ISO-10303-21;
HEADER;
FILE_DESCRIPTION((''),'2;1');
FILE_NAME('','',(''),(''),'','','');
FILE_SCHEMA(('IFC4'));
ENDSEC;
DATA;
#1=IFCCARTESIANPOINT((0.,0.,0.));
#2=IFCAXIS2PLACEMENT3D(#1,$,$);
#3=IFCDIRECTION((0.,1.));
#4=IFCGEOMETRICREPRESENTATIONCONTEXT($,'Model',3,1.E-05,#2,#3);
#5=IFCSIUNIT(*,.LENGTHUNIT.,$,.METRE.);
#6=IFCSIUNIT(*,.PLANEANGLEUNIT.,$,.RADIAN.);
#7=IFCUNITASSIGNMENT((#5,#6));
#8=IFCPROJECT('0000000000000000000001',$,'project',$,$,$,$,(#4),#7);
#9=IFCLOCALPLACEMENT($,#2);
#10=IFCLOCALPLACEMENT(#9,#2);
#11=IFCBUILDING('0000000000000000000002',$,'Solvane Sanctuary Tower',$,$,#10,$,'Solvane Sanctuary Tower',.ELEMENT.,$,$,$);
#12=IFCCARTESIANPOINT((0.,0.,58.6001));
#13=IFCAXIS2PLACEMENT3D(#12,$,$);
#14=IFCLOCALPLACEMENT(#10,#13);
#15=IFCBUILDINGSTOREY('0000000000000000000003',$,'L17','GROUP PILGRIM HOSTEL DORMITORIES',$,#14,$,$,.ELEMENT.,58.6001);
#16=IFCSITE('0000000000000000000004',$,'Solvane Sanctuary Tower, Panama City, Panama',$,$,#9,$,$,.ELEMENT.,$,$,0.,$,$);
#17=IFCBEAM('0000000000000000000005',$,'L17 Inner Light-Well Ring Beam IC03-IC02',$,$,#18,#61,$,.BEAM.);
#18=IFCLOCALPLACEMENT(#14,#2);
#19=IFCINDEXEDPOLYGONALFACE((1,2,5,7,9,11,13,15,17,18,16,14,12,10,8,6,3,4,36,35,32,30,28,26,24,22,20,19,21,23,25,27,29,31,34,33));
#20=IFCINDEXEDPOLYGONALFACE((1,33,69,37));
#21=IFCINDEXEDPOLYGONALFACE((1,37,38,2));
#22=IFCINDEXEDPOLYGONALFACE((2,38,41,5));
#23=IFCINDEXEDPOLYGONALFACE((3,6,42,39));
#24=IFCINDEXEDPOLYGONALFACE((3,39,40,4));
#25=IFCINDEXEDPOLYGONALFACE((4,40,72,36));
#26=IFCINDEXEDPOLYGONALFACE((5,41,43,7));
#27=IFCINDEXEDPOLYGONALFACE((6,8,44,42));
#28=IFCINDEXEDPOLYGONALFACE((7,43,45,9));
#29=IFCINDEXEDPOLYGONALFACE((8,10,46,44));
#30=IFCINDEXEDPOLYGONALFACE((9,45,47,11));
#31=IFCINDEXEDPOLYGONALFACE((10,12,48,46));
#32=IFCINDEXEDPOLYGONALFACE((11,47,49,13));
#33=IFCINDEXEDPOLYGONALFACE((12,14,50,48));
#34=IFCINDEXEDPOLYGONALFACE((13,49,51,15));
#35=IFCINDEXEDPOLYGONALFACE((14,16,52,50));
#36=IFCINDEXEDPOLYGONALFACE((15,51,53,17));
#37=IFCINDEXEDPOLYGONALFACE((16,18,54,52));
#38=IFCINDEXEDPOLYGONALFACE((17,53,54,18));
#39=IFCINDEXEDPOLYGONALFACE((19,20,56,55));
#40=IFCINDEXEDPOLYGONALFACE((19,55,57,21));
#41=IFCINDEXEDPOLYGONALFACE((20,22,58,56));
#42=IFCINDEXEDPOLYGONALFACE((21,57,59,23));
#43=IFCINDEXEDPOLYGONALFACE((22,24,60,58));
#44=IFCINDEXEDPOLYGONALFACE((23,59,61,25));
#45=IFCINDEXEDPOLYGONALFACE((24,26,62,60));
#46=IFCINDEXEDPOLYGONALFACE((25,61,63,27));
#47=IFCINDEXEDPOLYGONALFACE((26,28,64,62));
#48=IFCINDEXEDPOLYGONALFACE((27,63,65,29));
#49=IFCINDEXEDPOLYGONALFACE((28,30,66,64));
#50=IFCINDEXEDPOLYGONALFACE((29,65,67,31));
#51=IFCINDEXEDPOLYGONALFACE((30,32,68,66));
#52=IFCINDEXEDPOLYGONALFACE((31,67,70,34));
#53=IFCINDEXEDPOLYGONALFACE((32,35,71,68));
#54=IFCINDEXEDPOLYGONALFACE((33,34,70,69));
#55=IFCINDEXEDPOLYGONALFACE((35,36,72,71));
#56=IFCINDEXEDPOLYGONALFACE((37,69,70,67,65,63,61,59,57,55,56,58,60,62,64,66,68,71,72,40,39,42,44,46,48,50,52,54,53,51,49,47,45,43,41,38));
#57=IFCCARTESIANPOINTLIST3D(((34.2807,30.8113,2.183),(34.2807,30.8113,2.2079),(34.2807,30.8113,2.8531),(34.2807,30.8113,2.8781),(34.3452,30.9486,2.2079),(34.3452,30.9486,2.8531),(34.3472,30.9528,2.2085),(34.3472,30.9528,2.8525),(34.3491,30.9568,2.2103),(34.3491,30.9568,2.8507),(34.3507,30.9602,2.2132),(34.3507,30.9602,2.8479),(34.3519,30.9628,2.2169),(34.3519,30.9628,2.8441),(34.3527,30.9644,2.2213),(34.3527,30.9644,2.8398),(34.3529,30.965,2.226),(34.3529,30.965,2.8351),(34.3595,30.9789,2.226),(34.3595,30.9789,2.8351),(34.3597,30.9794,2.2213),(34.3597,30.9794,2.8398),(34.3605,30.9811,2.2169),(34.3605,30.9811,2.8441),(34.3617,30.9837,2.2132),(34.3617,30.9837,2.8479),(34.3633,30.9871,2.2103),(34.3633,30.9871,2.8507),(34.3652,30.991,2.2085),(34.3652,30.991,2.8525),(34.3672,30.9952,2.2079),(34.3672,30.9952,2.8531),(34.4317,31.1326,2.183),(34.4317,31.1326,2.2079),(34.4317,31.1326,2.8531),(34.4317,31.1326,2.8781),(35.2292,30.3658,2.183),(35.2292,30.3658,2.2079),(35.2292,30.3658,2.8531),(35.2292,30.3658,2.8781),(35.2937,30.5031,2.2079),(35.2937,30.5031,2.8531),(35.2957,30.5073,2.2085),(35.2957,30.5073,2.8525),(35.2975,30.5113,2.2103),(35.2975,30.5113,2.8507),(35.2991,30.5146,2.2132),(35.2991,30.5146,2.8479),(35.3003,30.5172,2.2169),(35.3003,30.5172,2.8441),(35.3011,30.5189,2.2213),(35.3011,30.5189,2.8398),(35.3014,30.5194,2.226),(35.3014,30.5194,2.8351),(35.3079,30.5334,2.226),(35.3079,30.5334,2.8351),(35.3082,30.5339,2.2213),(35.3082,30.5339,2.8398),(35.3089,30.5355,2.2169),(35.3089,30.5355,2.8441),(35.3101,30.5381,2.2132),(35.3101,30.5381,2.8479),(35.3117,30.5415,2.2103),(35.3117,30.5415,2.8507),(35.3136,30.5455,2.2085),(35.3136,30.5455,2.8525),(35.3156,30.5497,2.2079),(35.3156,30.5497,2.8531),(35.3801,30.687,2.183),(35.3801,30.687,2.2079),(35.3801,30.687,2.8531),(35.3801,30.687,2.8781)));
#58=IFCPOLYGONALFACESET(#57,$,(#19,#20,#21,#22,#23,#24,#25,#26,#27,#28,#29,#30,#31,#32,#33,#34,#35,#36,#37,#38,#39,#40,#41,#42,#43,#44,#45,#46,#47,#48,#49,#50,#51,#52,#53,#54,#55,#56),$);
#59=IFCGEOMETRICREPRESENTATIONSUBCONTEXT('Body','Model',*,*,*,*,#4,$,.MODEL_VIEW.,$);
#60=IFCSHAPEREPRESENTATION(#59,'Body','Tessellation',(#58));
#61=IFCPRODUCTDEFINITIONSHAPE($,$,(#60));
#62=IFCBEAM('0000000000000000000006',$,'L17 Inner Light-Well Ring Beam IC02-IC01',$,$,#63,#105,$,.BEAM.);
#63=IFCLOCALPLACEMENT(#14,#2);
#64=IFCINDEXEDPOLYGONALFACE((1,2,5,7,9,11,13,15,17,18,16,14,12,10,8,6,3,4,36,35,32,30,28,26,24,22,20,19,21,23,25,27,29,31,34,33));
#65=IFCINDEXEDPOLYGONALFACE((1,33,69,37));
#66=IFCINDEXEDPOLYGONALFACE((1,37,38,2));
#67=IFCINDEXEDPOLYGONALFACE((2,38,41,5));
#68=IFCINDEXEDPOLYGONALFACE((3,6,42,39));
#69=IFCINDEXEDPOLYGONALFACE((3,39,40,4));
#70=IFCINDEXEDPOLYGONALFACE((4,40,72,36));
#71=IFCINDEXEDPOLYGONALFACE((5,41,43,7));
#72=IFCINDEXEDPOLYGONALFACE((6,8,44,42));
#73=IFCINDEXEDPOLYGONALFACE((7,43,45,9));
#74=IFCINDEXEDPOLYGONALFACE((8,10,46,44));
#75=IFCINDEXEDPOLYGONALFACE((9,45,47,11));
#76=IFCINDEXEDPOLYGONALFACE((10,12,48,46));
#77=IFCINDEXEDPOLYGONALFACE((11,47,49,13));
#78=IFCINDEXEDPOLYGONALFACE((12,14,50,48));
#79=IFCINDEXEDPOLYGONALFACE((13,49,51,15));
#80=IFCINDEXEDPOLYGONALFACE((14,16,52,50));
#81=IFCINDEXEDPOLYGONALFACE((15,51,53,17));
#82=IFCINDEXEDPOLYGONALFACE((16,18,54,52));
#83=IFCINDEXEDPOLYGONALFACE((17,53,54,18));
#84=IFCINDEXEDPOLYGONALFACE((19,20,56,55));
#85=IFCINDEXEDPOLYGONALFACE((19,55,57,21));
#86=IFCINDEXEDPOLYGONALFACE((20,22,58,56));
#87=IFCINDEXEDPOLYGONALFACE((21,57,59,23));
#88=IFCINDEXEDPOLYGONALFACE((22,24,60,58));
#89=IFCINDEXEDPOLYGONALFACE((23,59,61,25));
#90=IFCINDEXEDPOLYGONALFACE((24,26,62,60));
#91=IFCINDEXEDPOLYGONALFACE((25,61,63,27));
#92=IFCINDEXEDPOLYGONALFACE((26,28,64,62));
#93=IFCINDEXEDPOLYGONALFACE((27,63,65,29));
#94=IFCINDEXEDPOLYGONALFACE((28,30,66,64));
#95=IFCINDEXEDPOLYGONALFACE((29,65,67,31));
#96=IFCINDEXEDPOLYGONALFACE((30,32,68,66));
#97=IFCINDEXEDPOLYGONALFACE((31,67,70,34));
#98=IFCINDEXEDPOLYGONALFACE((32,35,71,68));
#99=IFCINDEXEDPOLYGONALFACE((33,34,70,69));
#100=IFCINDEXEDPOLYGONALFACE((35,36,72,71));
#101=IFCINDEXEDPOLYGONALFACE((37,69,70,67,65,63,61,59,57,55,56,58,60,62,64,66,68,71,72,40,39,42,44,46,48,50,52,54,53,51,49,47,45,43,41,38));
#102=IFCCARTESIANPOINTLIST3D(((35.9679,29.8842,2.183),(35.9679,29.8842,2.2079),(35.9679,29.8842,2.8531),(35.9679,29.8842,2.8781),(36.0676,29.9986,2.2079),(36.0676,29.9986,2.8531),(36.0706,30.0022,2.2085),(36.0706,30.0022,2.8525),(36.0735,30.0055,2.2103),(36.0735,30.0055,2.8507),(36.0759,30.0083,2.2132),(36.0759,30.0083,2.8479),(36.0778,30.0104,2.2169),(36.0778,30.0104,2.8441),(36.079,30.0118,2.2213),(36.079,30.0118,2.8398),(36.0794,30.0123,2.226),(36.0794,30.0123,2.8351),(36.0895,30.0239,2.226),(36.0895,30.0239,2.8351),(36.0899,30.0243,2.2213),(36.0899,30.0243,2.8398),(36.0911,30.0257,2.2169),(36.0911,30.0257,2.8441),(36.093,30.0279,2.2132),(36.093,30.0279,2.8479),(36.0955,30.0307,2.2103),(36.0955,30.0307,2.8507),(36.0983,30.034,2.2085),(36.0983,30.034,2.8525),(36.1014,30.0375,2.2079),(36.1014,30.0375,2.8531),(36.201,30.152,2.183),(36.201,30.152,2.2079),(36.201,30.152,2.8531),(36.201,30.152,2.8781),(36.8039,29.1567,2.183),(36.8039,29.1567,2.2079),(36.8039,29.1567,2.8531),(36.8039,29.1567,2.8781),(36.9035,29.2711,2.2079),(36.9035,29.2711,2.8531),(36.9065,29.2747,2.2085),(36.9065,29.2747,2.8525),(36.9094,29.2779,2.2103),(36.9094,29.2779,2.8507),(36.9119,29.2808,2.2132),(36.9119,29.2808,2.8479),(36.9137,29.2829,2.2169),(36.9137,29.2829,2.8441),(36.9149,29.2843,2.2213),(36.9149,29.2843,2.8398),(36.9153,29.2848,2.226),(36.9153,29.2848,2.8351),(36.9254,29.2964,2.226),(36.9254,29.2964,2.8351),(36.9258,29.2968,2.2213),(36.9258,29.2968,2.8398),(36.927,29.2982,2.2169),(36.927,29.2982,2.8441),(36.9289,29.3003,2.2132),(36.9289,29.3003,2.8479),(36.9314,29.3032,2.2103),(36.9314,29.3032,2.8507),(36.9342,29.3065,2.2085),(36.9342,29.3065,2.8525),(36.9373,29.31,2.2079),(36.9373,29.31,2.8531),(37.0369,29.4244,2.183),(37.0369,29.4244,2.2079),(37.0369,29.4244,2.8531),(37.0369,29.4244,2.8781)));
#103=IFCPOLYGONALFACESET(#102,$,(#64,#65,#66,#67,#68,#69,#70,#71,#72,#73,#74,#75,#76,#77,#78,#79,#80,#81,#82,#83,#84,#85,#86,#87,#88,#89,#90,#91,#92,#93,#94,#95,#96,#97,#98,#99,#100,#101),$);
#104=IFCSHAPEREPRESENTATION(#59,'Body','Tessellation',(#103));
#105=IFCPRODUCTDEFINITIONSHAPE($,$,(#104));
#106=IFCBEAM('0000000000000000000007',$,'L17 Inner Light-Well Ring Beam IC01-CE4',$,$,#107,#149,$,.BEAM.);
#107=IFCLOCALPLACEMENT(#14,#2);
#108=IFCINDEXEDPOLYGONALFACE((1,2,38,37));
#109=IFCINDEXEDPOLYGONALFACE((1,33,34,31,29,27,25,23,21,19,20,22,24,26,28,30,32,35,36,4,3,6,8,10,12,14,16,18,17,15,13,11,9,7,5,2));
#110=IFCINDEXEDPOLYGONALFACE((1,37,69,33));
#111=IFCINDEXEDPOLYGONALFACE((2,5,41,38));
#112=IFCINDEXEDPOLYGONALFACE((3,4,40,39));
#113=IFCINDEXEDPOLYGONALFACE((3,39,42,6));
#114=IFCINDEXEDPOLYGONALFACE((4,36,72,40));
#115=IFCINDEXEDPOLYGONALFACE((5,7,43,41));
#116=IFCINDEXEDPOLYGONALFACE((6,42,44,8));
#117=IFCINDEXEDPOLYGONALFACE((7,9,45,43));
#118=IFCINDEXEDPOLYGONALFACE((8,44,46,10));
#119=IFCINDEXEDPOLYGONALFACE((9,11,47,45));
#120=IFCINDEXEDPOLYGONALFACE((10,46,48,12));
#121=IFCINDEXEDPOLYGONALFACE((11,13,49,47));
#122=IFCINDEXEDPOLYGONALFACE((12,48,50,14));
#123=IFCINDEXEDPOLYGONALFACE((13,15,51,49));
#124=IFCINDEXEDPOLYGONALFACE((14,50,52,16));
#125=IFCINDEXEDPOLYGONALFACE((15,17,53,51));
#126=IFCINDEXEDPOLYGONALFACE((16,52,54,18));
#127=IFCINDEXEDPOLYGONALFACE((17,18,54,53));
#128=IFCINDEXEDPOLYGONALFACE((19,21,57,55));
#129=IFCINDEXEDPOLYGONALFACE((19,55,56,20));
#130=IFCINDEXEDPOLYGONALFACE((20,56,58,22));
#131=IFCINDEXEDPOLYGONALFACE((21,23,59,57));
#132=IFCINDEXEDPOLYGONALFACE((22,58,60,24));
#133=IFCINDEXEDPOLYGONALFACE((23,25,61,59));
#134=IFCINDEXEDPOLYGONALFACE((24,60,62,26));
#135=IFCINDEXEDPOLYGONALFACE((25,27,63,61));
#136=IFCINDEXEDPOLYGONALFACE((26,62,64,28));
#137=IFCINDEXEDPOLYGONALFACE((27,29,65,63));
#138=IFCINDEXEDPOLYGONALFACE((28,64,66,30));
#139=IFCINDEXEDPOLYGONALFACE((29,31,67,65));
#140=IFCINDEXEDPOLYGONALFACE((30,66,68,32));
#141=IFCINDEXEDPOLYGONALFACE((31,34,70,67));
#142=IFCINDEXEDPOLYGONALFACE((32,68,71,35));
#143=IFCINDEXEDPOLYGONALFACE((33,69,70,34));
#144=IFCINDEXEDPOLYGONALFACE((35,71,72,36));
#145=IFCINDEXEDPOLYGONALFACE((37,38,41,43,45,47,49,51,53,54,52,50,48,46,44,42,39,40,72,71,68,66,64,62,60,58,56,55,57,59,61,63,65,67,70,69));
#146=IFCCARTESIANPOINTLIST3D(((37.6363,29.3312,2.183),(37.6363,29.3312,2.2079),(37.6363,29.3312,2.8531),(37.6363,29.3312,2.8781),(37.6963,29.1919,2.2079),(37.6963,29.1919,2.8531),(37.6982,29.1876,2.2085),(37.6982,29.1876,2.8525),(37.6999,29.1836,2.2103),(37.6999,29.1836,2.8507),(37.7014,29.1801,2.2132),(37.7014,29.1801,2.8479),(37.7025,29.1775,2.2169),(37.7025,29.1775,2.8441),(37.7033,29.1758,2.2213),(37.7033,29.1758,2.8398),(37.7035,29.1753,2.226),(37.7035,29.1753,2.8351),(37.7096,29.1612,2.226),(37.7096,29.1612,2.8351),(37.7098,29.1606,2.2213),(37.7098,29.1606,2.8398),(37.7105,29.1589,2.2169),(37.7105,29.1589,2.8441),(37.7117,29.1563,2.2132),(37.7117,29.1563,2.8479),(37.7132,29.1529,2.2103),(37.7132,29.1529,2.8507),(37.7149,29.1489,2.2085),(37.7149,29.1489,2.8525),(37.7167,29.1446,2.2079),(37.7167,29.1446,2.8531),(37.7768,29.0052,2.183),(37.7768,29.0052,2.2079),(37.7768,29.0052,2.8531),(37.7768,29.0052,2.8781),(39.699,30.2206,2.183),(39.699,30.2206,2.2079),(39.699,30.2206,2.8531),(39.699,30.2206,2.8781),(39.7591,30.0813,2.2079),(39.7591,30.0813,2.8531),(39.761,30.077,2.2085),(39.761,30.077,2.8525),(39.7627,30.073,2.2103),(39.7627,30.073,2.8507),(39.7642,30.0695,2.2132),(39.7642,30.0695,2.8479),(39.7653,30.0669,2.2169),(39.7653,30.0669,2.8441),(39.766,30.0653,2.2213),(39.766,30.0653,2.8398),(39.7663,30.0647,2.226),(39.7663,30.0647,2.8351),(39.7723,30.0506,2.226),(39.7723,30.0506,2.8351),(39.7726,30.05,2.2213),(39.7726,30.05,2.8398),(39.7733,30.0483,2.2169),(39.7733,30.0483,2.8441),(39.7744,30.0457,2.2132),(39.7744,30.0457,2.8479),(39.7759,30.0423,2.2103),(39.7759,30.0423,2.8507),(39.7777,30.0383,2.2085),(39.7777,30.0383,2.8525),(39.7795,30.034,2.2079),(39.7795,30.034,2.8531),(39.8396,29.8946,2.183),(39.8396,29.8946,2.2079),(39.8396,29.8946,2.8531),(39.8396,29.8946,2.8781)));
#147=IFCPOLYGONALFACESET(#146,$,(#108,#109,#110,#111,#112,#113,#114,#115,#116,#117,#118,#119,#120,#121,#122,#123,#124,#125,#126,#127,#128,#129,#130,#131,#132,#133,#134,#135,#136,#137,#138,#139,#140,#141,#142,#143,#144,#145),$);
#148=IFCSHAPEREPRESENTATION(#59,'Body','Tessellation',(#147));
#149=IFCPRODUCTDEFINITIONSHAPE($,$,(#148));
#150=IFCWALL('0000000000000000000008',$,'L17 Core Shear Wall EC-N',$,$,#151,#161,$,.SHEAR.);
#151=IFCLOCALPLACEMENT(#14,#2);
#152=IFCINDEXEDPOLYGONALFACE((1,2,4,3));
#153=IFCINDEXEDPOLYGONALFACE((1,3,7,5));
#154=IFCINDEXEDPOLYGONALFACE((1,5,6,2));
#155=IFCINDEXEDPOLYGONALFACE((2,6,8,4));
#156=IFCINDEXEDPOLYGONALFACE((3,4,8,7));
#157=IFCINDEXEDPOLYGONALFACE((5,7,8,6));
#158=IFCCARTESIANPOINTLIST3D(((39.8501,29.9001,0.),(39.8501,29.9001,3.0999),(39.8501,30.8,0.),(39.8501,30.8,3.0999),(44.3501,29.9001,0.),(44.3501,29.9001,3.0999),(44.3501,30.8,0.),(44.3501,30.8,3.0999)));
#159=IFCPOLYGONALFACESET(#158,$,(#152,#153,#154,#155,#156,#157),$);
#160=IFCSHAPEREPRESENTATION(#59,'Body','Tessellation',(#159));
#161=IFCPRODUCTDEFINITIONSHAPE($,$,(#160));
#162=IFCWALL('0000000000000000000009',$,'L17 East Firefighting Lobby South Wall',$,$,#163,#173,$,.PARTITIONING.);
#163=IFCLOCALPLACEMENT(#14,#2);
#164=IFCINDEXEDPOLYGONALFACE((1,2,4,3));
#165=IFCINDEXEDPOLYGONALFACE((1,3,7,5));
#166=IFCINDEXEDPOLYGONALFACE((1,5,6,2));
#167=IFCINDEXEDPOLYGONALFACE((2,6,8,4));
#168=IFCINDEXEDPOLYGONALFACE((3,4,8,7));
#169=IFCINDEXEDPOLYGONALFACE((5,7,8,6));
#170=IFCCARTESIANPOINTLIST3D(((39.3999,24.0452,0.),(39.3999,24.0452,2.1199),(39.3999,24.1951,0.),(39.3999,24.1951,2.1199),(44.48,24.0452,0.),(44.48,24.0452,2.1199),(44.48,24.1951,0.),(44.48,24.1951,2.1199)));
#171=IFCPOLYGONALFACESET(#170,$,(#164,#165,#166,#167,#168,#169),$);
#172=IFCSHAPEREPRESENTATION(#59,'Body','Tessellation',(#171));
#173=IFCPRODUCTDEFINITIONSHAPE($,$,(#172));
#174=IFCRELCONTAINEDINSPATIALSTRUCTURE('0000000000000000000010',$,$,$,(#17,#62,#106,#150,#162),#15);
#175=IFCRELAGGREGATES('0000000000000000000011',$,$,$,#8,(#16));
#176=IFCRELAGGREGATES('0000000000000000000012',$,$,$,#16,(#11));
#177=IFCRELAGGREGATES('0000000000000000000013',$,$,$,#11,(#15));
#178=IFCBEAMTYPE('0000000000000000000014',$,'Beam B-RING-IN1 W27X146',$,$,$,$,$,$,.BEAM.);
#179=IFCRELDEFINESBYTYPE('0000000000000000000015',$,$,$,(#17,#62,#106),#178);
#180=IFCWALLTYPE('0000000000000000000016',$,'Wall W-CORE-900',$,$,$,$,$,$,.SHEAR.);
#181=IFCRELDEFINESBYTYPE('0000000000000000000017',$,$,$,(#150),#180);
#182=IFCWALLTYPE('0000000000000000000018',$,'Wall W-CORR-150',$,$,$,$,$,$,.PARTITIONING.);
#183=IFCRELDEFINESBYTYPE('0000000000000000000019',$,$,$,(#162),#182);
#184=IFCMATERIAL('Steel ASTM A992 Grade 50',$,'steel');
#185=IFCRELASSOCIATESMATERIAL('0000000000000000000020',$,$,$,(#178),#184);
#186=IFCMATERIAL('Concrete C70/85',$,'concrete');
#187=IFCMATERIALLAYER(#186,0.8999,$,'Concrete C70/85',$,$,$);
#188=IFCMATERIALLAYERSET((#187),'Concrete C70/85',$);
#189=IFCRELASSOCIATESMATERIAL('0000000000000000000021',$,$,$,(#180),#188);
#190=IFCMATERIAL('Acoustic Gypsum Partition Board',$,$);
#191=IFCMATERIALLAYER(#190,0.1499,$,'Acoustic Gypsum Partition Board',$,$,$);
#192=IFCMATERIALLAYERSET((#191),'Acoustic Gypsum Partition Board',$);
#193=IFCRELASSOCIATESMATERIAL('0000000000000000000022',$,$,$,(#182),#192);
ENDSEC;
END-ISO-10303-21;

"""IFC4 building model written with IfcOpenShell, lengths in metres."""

from ifc_helpers import new_model, si_unit, direction, frame, frame_2d, origin, origin_2d, place, context, subcontext, project, spatial, rectangle, i_section, extrude, material, layer, layer_set, material_profile, profile_set, type_object, element, save


model = new_model("IFC4")

# Units and contexts
model_context = context("Model", 3, precision=1e-05, world=origin(), true_north=direction((0.0, 1.0)))
body_context = subcontext(model_context, "Body", "Model", "MODEL_VIEW")
ifc_project = project(units=[si_unit("LENGTHUNIT", "METRE"), si_unit("PLANEANGLEUNIT", "RADIAN")], contexts=[model_context])

# Site, building, storey
site_placement = place(None, origin())
site = spatial("IfcSite", under=ifc_project, at=site_placement, Name="Solvane Sanctuary Tower, Panama City, Panama", CompositionType="ELEMENT", RefElevation=0.0)
building_placement = place(site_placement, origin())
building = spatial("IfcBuilding", under=site, at=building_placement, Name="Solvane Sanctuary Tower", LongName="Solvane Sanctuary Tower", CompositionType="ELEMENT")
storey_placement = place(building_placement, frame((0.0, 0.0, 58.6001)))
storey = spatial("IfcBuildingStorey", under=building, at=storey_placement, Name="L17", Description="GROUP PILGRIM HOSTEL DORMITORIES", CompositionType="ELEMENT", Elevation=58.6001)

# Shared definitions
ifc_material_1 = material(Name="Concrete C70/85", Category="concrete")

# Beams
ifc_material_2 = material(Name="Steel ASTM A992 Grade 50", Category="steel")
ifc_material_profile_1 = material_profile(ifc_material_2, i_section(OverallWidth=0.355, OverallDepth=0.6951, WebThickness=0.0154, FlangeThickness=0.0249, FilletRadius=0.0181, at=origin_2d()), Name="W27X146")
ifc_profile_set_1 = profile_set([ifc_material_profile_1], Name="Steel ASTM A992 Grade 50")
beam_type_1 = type_object("IfcBeamType", Name="Beam B-RING-IN1 W27X146", PredefinedType="BEAM", material=ifc_profile_set_1)
beam_1_placement = place(storey_placement, frame((34.3562, 30.9719, 2.5305), z_axis=(0.905109, -0.42518, 0.0), x_axis=(0.42518, 0.905109, 0.0)))
element("IfcBeam", 1, at=beam_1_placement, inside=storey, type_object=beam_type_1, Name="L17 Inner Light-Well Ring Beam IC03-IC02", PredefinedType="BEAM", context=body_context, shape_type="SweptSolid", body=[
    extrude(i_section(OverallWidth=0.355, OverallDepth=0.6951, WebThickness=0.0154, FlangeThickness=0.0249, FilletRadius=0.0181, at=origin_2d()), origin(), (0.0, 0.0, 1.0), 1.0479),
])
beam_2_placement = place(storey_placement, frame((36.0845, 30.0181, 2.5305), z_axis=(0.754321, -0.656506, 0.0), x_axis=(0.656506, 0.754321, 0.0)))
element("IfcBeam", 2, at=beam_2_placement, inside=storey, type_object=beam_type_1, Name="L17 Inner Light-Well Ring Beam IC02-IC01", PredefinedType="BEAM", context=body_context, shape_type="SweptSolid", body=[
    extrude(i_section(OverallWidth=0.355, OverallDepth=0.6951, WebThickness=0.0154, FlangeThickness=0.0249, FilletRadius=0.0181, at=origin_2d()), origin(), (0.0, 0.0, 1.0), 1.1082),
])
beam_3_placement = place(storey_placement, frame((37.7065, 29.1682, 2.5305), z_axis=(0.918277, 0.395938, 0.0), x_axis=(-0.395938, 0.918277, 0.0)))
element("IfcBeam", 3, at=beam_3_placement, inside=storey, type_object=beam_type_1, Name="L17 Inner Light-Well Ring Beam IC01-CE4", PredefinedType="BEAM", context=body_context, shape_type="SweptSolid", body=[
    extrude(i_section(OverallWidth=0.355, OverallDepth=0.6951, WebThickness=0.0154, FlangeThickness=0.0249, FilletRadius=0.0181, at=origin_2d()), origin(), (0.0, 0.0, 1.0), 2.2463),
])

# Walls
ifc_layer_1 = layer(ifc_material_1, 0.8999, Name="Concrete C70/85")
ifc_layer_set_1 = layer_set([ifc_layer_1], Name="Concrete C70/85")
wall_type_1 = type_object("IfcWallType", Name="Wall W-CORE-900", PredefinedType="SHEAR", material=ifc_layer_set_1)
wall_1_placement = place(storey_placement, frame((39.8501, 30.3501, 0.0), z_axis=(0.0, 0.0, 1.0), x_axis=(1.0, 0.0, 0.0)))
element("IfcWall", 4, at=wall_1_placement, inside=storey, type_object=wall_type_1, Name="L17 Core Shear Wall EC-N", PredefinedType="SHEAR", context=body_context, shape_type="SweptSolid", body=[
    extrude(rectangle(XDim=4.5, YDim=0.8999, at=frame_2d((2.25, 0.0))), origin(), (0.0, 0.0, 1.0), 3.0999),
])
ifc_material_3 = material(Name="Acoustic Gypsum Partition Board")
ifc_layer_2 = layer(ifc_material_3, 0.1499, Name="Acoustic Gypsum Partition Board")
ifc_layer_set_2 = layer_set([ifc_layer_2], Name="Acoustic Gypsum Partition Board")
wall_type_2 = type_object("IfcWallType", Name="Wall W-CORR-150", PredefinedType="PARTITIONING", material=ifc_layer_set_2)
wall_2_placement = place(storey_placement, frame((39.3999, 24.1201, 0.0), z_axis=(0.0, 0.0, 1.0), x_axis=(1.0, 0.0, 0.0)))
element("IfcWall", 5, at=wall_2_placement, inside=storey, type_object=wall_type_2, Name="L17 East Firefighting Lobby South Wall", PredefinedType="PARTITIONING", context=body_context, shape_type="SweptSolid", body=[
    extrude(rectangle(XDim=5.0801, YDim=0.1499, at=frame_2d((2.54, 0.0))), origin(), (0.0, 0.0, 1.0), 2.1199),
])

save(model, "model.ifc")
